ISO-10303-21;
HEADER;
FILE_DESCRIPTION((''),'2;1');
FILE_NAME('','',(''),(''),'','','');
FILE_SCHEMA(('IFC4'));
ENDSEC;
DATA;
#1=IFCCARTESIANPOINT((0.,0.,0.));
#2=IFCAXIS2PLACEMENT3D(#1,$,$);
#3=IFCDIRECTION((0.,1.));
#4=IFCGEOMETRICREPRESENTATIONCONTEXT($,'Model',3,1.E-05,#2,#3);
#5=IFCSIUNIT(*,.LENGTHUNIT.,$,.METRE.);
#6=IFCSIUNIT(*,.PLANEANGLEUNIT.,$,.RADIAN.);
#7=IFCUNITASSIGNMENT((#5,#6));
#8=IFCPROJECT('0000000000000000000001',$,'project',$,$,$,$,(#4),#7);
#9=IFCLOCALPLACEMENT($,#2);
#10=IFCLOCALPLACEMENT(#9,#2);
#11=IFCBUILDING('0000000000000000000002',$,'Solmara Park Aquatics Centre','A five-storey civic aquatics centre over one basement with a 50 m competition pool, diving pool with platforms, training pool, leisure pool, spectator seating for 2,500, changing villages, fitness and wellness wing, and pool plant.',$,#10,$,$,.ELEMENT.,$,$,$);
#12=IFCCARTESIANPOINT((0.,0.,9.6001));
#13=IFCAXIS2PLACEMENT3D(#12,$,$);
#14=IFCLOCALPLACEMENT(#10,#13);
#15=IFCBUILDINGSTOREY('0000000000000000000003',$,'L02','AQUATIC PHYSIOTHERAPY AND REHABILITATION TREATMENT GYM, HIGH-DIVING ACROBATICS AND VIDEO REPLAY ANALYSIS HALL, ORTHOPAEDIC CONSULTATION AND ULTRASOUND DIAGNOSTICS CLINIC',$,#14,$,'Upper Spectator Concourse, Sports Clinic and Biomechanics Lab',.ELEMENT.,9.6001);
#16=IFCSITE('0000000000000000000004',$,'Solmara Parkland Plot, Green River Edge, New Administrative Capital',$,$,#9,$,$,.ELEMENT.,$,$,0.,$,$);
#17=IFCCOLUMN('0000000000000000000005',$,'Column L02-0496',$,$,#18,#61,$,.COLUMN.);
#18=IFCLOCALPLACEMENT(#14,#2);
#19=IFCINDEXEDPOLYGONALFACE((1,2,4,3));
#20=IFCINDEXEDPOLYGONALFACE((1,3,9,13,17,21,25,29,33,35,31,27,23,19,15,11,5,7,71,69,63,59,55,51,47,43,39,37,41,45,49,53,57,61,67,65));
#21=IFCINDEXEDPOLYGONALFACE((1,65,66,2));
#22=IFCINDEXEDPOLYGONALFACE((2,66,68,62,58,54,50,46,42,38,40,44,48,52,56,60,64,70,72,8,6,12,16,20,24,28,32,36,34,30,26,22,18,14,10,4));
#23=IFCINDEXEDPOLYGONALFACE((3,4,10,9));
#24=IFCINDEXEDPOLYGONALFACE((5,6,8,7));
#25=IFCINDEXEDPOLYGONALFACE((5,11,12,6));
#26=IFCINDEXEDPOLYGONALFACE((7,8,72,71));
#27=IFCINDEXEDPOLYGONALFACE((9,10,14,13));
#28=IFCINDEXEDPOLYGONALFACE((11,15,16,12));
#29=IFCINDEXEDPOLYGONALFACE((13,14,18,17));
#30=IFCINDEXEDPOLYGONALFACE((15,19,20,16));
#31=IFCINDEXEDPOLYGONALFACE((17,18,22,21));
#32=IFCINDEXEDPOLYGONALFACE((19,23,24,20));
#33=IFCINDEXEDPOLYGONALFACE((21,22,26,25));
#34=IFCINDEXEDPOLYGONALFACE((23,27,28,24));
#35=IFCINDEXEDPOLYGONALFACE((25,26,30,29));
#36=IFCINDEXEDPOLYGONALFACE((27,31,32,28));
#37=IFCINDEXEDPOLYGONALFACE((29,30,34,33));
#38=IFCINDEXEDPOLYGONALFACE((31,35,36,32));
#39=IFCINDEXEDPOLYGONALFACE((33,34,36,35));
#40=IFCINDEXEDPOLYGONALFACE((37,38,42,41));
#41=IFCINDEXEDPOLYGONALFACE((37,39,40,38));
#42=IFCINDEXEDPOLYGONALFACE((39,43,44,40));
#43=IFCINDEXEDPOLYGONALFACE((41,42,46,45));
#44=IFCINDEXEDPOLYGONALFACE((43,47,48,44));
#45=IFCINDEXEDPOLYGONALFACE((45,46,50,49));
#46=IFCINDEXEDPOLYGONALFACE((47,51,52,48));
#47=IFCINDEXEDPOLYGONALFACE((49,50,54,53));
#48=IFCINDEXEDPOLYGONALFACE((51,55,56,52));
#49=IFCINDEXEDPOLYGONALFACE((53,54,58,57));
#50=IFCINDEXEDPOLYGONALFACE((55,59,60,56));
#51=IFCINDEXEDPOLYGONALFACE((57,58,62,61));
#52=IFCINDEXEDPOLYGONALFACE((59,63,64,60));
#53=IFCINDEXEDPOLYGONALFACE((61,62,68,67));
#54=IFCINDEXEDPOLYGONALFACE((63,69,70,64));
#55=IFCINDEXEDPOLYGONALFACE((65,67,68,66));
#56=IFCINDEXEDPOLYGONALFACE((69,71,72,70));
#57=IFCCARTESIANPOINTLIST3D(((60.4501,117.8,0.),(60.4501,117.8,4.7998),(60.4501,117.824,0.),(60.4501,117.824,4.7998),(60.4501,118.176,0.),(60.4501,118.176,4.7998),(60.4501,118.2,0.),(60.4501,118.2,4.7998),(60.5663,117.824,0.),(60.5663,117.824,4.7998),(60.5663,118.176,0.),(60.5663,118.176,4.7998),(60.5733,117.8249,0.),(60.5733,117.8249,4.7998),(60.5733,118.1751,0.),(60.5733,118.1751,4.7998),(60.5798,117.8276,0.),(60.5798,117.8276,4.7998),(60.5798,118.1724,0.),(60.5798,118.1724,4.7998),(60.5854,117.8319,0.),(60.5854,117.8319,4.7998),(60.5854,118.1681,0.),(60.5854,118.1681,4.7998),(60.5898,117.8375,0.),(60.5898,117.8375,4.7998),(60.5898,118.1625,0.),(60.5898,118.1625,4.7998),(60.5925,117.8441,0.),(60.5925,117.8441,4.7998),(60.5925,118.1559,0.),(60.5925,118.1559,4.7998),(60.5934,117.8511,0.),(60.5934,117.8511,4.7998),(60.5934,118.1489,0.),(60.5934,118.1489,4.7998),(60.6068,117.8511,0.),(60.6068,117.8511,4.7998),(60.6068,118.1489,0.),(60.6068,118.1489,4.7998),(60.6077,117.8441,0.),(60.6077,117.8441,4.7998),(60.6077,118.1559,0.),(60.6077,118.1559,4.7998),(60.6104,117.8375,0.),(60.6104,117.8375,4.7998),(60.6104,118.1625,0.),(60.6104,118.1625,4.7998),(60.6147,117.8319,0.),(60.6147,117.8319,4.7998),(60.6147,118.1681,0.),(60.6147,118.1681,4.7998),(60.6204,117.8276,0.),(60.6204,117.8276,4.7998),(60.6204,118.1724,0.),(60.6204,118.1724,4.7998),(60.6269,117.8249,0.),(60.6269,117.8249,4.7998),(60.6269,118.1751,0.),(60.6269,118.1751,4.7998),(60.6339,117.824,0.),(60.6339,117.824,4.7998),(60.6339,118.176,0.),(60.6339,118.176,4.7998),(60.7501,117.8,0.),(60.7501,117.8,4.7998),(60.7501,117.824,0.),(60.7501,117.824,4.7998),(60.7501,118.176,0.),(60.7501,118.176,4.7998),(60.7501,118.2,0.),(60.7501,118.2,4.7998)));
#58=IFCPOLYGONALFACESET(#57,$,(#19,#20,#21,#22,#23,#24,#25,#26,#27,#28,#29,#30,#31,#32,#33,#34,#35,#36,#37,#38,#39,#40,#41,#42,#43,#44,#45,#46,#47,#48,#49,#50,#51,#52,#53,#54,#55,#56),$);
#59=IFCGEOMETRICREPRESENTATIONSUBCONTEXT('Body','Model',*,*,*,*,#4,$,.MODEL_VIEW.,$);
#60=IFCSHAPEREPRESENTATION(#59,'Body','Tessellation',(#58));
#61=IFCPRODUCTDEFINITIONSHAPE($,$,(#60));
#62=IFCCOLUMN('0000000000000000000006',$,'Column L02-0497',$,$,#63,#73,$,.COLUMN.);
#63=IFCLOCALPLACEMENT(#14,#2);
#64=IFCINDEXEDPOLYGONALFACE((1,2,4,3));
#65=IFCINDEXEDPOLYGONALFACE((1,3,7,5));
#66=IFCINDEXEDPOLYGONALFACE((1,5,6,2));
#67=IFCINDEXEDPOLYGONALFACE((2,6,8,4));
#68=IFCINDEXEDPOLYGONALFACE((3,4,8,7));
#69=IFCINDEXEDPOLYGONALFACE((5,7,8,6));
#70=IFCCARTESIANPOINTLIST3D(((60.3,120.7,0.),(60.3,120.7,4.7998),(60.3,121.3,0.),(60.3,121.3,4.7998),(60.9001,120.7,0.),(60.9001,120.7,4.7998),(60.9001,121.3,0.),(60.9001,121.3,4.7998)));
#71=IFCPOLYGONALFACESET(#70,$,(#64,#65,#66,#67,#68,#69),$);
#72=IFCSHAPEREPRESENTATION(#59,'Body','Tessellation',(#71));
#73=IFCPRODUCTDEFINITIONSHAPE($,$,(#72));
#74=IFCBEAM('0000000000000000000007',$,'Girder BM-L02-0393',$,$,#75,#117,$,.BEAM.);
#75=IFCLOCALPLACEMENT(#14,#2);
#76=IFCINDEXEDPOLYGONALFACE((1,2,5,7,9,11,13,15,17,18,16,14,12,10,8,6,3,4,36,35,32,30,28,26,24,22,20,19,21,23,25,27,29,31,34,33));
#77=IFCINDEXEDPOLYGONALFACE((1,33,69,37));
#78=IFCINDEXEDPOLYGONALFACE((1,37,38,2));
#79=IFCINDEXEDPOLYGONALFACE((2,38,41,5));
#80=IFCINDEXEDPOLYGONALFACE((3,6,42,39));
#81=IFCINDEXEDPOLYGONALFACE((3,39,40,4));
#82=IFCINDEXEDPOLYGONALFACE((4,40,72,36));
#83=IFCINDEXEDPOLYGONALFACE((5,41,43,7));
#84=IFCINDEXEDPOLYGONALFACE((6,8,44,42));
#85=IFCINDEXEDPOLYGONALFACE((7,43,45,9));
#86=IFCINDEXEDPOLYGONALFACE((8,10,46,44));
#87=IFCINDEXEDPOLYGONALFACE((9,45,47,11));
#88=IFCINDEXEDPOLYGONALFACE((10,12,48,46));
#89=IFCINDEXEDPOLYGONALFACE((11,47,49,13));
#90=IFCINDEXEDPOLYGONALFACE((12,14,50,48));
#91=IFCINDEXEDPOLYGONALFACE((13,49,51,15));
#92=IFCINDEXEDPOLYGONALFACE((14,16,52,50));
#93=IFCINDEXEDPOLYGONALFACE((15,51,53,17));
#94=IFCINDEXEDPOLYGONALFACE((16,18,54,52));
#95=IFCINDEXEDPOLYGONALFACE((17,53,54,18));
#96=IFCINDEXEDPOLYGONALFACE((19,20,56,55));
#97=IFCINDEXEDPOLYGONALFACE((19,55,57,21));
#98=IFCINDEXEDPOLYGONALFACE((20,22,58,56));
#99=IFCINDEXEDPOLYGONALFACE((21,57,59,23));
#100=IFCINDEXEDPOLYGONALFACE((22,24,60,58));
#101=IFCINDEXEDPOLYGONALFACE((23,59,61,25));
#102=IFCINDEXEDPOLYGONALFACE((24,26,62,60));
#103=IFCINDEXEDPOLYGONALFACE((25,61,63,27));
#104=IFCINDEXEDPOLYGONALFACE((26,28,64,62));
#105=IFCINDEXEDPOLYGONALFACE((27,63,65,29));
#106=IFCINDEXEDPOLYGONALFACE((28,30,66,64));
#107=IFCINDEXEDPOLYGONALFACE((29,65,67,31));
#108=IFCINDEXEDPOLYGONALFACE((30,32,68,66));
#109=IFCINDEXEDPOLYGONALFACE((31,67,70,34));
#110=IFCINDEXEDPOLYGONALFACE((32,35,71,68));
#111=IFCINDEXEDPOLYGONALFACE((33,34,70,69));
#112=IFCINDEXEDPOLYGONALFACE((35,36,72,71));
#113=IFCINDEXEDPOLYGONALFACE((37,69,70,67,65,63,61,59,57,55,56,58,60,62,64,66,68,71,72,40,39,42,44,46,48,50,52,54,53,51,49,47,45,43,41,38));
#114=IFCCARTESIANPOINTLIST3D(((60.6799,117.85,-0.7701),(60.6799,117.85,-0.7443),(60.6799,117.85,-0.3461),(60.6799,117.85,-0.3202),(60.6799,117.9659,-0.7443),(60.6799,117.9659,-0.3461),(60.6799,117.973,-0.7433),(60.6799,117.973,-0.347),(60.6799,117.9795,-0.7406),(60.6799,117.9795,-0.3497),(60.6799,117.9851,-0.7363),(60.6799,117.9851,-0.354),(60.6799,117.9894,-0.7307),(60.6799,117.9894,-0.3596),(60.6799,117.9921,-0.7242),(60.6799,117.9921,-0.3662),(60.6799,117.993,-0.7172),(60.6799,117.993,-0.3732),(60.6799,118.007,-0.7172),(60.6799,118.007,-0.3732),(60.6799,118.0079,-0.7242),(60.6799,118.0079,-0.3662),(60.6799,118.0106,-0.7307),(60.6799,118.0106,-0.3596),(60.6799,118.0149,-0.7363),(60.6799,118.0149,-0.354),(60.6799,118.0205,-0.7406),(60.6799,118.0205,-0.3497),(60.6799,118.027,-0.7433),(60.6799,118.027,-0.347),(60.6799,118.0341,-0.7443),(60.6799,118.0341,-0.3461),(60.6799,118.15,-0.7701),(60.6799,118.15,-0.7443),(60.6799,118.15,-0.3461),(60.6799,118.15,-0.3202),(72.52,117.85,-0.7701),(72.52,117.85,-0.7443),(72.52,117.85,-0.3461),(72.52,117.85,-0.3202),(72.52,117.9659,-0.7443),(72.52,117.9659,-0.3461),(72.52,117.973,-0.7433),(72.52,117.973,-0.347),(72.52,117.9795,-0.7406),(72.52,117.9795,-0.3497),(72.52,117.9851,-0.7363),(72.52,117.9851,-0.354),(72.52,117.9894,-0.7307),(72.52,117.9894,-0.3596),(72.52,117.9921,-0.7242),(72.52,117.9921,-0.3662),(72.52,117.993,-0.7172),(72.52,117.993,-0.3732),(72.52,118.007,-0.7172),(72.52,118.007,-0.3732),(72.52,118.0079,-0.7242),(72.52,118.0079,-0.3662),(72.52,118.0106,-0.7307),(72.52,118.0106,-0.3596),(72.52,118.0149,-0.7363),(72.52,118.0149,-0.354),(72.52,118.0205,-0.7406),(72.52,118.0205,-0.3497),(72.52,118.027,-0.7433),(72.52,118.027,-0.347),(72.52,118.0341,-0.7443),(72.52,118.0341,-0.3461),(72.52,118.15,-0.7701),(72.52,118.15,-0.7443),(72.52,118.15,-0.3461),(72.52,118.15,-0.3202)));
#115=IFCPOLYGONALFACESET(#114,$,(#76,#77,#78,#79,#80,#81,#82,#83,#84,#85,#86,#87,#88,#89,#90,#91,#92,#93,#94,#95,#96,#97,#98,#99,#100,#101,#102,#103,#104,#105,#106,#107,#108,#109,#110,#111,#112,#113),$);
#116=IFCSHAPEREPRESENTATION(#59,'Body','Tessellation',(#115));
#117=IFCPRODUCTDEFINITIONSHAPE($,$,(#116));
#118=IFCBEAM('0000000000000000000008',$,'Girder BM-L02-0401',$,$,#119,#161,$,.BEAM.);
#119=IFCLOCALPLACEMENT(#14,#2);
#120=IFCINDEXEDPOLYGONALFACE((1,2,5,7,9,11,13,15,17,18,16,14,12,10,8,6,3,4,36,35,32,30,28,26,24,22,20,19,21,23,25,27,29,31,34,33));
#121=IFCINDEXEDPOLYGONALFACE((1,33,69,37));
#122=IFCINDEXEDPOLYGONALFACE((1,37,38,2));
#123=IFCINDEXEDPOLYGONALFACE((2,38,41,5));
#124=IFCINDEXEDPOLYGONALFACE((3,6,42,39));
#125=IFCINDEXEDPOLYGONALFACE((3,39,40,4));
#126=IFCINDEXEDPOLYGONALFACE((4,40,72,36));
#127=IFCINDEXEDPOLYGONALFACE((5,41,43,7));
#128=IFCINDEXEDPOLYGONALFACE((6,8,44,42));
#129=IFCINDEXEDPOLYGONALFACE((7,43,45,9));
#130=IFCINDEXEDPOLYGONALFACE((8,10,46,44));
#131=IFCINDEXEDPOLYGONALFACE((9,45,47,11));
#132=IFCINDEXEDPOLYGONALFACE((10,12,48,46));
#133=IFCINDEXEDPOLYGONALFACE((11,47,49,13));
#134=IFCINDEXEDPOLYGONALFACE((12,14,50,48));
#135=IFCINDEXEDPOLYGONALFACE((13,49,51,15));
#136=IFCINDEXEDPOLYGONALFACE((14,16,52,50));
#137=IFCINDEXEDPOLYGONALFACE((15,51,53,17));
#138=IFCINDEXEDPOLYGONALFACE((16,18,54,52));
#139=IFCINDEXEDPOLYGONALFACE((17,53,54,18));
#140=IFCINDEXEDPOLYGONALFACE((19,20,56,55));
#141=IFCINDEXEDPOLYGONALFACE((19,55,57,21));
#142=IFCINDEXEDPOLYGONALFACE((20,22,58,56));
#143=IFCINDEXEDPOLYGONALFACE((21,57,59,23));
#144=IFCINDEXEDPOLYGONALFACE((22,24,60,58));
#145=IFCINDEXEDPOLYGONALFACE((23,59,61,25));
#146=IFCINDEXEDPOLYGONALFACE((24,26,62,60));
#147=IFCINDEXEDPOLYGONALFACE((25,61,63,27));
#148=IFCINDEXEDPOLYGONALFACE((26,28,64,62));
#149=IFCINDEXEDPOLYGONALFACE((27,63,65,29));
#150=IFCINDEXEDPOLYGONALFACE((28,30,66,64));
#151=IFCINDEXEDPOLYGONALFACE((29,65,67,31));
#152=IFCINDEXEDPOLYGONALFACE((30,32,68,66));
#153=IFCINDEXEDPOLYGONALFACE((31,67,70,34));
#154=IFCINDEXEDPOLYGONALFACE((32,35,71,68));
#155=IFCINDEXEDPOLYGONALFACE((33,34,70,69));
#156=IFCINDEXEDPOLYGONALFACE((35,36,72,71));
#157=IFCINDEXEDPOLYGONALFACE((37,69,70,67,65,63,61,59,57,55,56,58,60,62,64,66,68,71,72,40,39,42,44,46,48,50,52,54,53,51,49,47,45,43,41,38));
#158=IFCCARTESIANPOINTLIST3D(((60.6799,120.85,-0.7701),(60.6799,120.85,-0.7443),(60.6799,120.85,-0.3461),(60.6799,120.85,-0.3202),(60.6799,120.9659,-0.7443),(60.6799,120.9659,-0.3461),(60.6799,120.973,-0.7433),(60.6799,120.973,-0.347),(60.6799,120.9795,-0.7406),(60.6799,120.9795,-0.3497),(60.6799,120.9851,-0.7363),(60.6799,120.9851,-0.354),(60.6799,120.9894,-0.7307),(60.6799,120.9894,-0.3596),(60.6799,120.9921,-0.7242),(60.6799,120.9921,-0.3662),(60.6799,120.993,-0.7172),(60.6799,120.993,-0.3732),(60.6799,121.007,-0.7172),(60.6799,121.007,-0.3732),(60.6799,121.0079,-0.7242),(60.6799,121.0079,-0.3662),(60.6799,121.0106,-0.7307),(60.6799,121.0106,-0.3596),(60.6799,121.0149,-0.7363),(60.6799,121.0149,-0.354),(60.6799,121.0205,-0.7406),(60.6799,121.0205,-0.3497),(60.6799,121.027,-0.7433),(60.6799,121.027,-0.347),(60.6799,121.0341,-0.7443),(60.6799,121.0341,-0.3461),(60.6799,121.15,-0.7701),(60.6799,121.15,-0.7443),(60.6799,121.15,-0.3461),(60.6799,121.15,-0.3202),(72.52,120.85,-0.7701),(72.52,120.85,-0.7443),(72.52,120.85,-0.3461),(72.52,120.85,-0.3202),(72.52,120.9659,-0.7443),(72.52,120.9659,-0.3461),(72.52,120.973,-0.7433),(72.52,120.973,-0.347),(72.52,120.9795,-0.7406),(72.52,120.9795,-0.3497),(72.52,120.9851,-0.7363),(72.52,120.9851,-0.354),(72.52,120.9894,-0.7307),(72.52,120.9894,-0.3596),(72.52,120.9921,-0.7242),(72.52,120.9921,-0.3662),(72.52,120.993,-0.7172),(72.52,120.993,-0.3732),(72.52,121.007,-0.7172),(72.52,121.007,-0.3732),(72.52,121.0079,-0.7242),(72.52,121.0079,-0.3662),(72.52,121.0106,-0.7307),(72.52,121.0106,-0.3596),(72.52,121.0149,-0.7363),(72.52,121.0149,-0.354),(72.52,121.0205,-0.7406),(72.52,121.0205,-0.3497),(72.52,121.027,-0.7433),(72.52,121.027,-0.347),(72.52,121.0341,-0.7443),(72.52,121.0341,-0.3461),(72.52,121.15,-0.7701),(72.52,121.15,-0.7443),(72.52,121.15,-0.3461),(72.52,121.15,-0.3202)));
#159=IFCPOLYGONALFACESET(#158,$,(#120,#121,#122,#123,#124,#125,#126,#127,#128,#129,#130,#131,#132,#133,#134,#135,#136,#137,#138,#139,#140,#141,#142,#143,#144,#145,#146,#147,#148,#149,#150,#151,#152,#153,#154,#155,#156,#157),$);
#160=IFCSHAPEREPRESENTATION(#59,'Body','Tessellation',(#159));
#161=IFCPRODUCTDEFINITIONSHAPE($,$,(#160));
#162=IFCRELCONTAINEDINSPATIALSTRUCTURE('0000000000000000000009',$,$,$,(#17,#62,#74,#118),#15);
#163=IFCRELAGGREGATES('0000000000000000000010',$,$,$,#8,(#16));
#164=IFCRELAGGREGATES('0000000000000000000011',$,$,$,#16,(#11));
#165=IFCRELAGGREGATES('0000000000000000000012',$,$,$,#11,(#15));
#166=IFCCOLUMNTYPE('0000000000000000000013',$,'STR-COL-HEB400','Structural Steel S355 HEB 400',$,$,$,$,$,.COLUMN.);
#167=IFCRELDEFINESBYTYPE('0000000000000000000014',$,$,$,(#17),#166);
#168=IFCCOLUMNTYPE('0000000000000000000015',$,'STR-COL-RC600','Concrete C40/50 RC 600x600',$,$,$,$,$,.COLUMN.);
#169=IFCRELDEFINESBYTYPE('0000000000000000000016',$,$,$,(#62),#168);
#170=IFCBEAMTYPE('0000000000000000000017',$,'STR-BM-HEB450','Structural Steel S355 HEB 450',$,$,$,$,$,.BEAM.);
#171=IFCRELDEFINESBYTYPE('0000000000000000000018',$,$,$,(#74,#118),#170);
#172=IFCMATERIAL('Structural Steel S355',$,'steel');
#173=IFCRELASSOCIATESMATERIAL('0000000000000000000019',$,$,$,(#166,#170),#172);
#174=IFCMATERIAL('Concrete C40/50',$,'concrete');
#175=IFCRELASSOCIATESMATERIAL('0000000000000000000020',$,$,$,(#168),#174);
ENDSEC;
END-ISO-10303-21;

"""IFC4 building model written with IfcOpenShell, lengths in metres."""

from ifc_helpers import new_model, si_unit, direction, frame, origin, origin_2d, place, context, subcontext, project, spatial, rectangle, i_section, extrude, material, material_profile, profile_set, type_object, element, save


model = new_model("IFC4")

# Units and contexts
model_context = context("Model", 3, precision=1e-05, world=origin(), true_north=direction((0.0, 1.0)))
body_context = subcontext(model_context, "Body", "Model", "MODEL_VIEW")
ifc_project = project(units=[si_unit("LENGTHUNIT", "METRE"), si_unit("PLANEANGLEUNIT", "RADIAN")], contexts=[model_context])

# Site, building, storey
site_placement = place(None, origin())
site = spatial("IfcSite", under=ifc_project, at=site_placement, Name="Solmara Parkland Plot, Green River Edge, New Administrative Capital", CompositionType="ELEMENT", RefElevation=0.0)
building_placement = place(site_placement, origin())
building = spatial("IfcBuilding", under=site, at=building_placement, Name="Solmara Park Aquatics Centre", Description="A five-storey civic aquatics centre over one basement with a 50 m competition pool, diving pool with platforms, training pool, leisure pool, spectator seating for 2,500, changing villages, fitness and wellness wing, and pool plant.", CompositionType="ELEMENT")
storey_placement = place(building_placement, frame((0.0, 0.0, 9.6001)))
storey = spatial("IfcBuildingStorey", under=building, at=storey_placement, Name="L02", Description="AQUATIC PHYSIOTHERAPY AND REHABILITATION TREATMENT GYM, HIGH-DIVING ACROBATICS AND VIDEO REPLAY ANALYSIS HALL, ORTHOPAEDIC CONSULTATION AND ULTRASOUND DIAGNOSTICS CLINIC", LongName="Upper Spectator Concourse, Sports Clinic and Biomechanics Lab", CompositionType="ELEMENT", Elevation=9.6001)

# Columns
ifc_material_1 = material(Name="Structural Steel S355", Category="steel")
ifc_material_profile_1 = material_profile(ifc_material_1, i_section(OverallWidth=0.3, OverallDepth=0.3999, WebThickness=0.0134, FlangeThickness=0.0239, FilletRadius=0.0271, at=origin_2d()), Name="HEB 400")
ifc_profile_set_1 = profile_set([ifc_material_profile_1], Name="Structural Steel S355")
column_type_1 = type_object("IfcColumnType", Name="STR-COL-HEB400", Description="Structural Steel S355 HEB 400", PredefinedType="COLUMN", material=ifc_profile_set_1)
column_1_placement = place(storey_placement, frame((60.6001, 118.0, 0.0), z_axis=(0.0, 0.0, 1.0), x_axis=(1.0, 0.0, 0.0)))
element("IfcColumn", 1, at=column_1_placement, inside=storey, type_object=column_type_1, Name="Column L02-0496", PredefinedType="COLUMN", context=body_context, shape_type="SweptSolid", body=[
    extrude(i_section(OverallWidth=0.3, OverallDepth=0.3999, WebThickness=0.0134, FlangeThickness=0.0239, FilletRadius=0.0271, at=origin_2d()), origin(), (0.0, 0.0, 1.0), 4.7998),
])
ifc_material_2 = material(Name="Concrete C40/50", Category="concrete")
ifc_material_profile_2 = material_profile(ifc_material_2, rectangle(XDim=0.6001, YDim=0.6001, at=origin_2d()), Name="RC 600x600")
ifc_profile_set_2 = profile_set([ifc_material_profile_2], Name="Concrete C40/50")
column_type_2 = type_object("IfcColumnType", Name="STR-COL-RC600", Description="Concrete C40/50 RC 600x600", PredefinedType="COLUMN", material=ifc_profile_set_2)
column_2_placement = place(storey_placement, frame((60.6001, 121.0, 0.0), z_axis=(0.0, 0.0, 1.0), x_axis=(1.0, 0.0, 0.0)))
element("IfcColumn", 2, at=column_2_placement, inside=storey, type_object=column_type_2, Name="Column L02-0497", PredefinedType="COLUMN", context=body_context, shape_type="SweptSolid", body=[
    extrude(rectangle(XDim=0.6001, YDim=0.6001, at=origin_2d()), origin(), (0.0, 0.0, 1.0), 4.7998),
])

# Beams
ifc_material_profile_3 = material_profile(ifc_material_1, i_section(OverallWidth=0.3, OverallDepth=0.45, WebThickness=0.0139, FlangeThickness=0.0259, FilletRadius=0.0271, at=origin_2d()), Name="HEB 450")
ifc_profile_set_3 = profile_set([ifc_material_profile_3], Name="Structural Steel S355")
beam_type_1 = type_object("IfcBeamType", Name="STR-BM-HEB450", Description="Structural Steel S355 HEB 450", PredefinedType="BEAM", material=ifc_profile_set_3)
for number, where, z_axis, x_axis, name in (
    (3, (60.6799, 118.0, -0.5452), (1.0, 0.0, 0.0), (0.0, 1.0, 0.0), "Girder BM-L02-0393"),
    (4, (60.6799, 121.0, -0.5452), (1.0, 0.0, 0.0), (0.0, 1.0, 0.0), "Girder BM-L02-0401"),
):
    element("IfcBeam", number, at=place(storey_placement, frame(where, z_axis=z_axis, x_axis=x_axis)), inside=storey, type_object=beam_type_1, Name=name, PredefinedType="BEAM", context=body_context, shape_type="SweptSolid", body=[
        extrude(i_section(OverallWidth=0.3, OverallDepth=0.45, WebThickness=0.0139, FlangeThickness=0.0259, FilletRadius=0.0271, at=origin_2d()), origin(), (0.0, 0.0, 1.0), 11.8401),
    ])

save(model, "model.ifc")
